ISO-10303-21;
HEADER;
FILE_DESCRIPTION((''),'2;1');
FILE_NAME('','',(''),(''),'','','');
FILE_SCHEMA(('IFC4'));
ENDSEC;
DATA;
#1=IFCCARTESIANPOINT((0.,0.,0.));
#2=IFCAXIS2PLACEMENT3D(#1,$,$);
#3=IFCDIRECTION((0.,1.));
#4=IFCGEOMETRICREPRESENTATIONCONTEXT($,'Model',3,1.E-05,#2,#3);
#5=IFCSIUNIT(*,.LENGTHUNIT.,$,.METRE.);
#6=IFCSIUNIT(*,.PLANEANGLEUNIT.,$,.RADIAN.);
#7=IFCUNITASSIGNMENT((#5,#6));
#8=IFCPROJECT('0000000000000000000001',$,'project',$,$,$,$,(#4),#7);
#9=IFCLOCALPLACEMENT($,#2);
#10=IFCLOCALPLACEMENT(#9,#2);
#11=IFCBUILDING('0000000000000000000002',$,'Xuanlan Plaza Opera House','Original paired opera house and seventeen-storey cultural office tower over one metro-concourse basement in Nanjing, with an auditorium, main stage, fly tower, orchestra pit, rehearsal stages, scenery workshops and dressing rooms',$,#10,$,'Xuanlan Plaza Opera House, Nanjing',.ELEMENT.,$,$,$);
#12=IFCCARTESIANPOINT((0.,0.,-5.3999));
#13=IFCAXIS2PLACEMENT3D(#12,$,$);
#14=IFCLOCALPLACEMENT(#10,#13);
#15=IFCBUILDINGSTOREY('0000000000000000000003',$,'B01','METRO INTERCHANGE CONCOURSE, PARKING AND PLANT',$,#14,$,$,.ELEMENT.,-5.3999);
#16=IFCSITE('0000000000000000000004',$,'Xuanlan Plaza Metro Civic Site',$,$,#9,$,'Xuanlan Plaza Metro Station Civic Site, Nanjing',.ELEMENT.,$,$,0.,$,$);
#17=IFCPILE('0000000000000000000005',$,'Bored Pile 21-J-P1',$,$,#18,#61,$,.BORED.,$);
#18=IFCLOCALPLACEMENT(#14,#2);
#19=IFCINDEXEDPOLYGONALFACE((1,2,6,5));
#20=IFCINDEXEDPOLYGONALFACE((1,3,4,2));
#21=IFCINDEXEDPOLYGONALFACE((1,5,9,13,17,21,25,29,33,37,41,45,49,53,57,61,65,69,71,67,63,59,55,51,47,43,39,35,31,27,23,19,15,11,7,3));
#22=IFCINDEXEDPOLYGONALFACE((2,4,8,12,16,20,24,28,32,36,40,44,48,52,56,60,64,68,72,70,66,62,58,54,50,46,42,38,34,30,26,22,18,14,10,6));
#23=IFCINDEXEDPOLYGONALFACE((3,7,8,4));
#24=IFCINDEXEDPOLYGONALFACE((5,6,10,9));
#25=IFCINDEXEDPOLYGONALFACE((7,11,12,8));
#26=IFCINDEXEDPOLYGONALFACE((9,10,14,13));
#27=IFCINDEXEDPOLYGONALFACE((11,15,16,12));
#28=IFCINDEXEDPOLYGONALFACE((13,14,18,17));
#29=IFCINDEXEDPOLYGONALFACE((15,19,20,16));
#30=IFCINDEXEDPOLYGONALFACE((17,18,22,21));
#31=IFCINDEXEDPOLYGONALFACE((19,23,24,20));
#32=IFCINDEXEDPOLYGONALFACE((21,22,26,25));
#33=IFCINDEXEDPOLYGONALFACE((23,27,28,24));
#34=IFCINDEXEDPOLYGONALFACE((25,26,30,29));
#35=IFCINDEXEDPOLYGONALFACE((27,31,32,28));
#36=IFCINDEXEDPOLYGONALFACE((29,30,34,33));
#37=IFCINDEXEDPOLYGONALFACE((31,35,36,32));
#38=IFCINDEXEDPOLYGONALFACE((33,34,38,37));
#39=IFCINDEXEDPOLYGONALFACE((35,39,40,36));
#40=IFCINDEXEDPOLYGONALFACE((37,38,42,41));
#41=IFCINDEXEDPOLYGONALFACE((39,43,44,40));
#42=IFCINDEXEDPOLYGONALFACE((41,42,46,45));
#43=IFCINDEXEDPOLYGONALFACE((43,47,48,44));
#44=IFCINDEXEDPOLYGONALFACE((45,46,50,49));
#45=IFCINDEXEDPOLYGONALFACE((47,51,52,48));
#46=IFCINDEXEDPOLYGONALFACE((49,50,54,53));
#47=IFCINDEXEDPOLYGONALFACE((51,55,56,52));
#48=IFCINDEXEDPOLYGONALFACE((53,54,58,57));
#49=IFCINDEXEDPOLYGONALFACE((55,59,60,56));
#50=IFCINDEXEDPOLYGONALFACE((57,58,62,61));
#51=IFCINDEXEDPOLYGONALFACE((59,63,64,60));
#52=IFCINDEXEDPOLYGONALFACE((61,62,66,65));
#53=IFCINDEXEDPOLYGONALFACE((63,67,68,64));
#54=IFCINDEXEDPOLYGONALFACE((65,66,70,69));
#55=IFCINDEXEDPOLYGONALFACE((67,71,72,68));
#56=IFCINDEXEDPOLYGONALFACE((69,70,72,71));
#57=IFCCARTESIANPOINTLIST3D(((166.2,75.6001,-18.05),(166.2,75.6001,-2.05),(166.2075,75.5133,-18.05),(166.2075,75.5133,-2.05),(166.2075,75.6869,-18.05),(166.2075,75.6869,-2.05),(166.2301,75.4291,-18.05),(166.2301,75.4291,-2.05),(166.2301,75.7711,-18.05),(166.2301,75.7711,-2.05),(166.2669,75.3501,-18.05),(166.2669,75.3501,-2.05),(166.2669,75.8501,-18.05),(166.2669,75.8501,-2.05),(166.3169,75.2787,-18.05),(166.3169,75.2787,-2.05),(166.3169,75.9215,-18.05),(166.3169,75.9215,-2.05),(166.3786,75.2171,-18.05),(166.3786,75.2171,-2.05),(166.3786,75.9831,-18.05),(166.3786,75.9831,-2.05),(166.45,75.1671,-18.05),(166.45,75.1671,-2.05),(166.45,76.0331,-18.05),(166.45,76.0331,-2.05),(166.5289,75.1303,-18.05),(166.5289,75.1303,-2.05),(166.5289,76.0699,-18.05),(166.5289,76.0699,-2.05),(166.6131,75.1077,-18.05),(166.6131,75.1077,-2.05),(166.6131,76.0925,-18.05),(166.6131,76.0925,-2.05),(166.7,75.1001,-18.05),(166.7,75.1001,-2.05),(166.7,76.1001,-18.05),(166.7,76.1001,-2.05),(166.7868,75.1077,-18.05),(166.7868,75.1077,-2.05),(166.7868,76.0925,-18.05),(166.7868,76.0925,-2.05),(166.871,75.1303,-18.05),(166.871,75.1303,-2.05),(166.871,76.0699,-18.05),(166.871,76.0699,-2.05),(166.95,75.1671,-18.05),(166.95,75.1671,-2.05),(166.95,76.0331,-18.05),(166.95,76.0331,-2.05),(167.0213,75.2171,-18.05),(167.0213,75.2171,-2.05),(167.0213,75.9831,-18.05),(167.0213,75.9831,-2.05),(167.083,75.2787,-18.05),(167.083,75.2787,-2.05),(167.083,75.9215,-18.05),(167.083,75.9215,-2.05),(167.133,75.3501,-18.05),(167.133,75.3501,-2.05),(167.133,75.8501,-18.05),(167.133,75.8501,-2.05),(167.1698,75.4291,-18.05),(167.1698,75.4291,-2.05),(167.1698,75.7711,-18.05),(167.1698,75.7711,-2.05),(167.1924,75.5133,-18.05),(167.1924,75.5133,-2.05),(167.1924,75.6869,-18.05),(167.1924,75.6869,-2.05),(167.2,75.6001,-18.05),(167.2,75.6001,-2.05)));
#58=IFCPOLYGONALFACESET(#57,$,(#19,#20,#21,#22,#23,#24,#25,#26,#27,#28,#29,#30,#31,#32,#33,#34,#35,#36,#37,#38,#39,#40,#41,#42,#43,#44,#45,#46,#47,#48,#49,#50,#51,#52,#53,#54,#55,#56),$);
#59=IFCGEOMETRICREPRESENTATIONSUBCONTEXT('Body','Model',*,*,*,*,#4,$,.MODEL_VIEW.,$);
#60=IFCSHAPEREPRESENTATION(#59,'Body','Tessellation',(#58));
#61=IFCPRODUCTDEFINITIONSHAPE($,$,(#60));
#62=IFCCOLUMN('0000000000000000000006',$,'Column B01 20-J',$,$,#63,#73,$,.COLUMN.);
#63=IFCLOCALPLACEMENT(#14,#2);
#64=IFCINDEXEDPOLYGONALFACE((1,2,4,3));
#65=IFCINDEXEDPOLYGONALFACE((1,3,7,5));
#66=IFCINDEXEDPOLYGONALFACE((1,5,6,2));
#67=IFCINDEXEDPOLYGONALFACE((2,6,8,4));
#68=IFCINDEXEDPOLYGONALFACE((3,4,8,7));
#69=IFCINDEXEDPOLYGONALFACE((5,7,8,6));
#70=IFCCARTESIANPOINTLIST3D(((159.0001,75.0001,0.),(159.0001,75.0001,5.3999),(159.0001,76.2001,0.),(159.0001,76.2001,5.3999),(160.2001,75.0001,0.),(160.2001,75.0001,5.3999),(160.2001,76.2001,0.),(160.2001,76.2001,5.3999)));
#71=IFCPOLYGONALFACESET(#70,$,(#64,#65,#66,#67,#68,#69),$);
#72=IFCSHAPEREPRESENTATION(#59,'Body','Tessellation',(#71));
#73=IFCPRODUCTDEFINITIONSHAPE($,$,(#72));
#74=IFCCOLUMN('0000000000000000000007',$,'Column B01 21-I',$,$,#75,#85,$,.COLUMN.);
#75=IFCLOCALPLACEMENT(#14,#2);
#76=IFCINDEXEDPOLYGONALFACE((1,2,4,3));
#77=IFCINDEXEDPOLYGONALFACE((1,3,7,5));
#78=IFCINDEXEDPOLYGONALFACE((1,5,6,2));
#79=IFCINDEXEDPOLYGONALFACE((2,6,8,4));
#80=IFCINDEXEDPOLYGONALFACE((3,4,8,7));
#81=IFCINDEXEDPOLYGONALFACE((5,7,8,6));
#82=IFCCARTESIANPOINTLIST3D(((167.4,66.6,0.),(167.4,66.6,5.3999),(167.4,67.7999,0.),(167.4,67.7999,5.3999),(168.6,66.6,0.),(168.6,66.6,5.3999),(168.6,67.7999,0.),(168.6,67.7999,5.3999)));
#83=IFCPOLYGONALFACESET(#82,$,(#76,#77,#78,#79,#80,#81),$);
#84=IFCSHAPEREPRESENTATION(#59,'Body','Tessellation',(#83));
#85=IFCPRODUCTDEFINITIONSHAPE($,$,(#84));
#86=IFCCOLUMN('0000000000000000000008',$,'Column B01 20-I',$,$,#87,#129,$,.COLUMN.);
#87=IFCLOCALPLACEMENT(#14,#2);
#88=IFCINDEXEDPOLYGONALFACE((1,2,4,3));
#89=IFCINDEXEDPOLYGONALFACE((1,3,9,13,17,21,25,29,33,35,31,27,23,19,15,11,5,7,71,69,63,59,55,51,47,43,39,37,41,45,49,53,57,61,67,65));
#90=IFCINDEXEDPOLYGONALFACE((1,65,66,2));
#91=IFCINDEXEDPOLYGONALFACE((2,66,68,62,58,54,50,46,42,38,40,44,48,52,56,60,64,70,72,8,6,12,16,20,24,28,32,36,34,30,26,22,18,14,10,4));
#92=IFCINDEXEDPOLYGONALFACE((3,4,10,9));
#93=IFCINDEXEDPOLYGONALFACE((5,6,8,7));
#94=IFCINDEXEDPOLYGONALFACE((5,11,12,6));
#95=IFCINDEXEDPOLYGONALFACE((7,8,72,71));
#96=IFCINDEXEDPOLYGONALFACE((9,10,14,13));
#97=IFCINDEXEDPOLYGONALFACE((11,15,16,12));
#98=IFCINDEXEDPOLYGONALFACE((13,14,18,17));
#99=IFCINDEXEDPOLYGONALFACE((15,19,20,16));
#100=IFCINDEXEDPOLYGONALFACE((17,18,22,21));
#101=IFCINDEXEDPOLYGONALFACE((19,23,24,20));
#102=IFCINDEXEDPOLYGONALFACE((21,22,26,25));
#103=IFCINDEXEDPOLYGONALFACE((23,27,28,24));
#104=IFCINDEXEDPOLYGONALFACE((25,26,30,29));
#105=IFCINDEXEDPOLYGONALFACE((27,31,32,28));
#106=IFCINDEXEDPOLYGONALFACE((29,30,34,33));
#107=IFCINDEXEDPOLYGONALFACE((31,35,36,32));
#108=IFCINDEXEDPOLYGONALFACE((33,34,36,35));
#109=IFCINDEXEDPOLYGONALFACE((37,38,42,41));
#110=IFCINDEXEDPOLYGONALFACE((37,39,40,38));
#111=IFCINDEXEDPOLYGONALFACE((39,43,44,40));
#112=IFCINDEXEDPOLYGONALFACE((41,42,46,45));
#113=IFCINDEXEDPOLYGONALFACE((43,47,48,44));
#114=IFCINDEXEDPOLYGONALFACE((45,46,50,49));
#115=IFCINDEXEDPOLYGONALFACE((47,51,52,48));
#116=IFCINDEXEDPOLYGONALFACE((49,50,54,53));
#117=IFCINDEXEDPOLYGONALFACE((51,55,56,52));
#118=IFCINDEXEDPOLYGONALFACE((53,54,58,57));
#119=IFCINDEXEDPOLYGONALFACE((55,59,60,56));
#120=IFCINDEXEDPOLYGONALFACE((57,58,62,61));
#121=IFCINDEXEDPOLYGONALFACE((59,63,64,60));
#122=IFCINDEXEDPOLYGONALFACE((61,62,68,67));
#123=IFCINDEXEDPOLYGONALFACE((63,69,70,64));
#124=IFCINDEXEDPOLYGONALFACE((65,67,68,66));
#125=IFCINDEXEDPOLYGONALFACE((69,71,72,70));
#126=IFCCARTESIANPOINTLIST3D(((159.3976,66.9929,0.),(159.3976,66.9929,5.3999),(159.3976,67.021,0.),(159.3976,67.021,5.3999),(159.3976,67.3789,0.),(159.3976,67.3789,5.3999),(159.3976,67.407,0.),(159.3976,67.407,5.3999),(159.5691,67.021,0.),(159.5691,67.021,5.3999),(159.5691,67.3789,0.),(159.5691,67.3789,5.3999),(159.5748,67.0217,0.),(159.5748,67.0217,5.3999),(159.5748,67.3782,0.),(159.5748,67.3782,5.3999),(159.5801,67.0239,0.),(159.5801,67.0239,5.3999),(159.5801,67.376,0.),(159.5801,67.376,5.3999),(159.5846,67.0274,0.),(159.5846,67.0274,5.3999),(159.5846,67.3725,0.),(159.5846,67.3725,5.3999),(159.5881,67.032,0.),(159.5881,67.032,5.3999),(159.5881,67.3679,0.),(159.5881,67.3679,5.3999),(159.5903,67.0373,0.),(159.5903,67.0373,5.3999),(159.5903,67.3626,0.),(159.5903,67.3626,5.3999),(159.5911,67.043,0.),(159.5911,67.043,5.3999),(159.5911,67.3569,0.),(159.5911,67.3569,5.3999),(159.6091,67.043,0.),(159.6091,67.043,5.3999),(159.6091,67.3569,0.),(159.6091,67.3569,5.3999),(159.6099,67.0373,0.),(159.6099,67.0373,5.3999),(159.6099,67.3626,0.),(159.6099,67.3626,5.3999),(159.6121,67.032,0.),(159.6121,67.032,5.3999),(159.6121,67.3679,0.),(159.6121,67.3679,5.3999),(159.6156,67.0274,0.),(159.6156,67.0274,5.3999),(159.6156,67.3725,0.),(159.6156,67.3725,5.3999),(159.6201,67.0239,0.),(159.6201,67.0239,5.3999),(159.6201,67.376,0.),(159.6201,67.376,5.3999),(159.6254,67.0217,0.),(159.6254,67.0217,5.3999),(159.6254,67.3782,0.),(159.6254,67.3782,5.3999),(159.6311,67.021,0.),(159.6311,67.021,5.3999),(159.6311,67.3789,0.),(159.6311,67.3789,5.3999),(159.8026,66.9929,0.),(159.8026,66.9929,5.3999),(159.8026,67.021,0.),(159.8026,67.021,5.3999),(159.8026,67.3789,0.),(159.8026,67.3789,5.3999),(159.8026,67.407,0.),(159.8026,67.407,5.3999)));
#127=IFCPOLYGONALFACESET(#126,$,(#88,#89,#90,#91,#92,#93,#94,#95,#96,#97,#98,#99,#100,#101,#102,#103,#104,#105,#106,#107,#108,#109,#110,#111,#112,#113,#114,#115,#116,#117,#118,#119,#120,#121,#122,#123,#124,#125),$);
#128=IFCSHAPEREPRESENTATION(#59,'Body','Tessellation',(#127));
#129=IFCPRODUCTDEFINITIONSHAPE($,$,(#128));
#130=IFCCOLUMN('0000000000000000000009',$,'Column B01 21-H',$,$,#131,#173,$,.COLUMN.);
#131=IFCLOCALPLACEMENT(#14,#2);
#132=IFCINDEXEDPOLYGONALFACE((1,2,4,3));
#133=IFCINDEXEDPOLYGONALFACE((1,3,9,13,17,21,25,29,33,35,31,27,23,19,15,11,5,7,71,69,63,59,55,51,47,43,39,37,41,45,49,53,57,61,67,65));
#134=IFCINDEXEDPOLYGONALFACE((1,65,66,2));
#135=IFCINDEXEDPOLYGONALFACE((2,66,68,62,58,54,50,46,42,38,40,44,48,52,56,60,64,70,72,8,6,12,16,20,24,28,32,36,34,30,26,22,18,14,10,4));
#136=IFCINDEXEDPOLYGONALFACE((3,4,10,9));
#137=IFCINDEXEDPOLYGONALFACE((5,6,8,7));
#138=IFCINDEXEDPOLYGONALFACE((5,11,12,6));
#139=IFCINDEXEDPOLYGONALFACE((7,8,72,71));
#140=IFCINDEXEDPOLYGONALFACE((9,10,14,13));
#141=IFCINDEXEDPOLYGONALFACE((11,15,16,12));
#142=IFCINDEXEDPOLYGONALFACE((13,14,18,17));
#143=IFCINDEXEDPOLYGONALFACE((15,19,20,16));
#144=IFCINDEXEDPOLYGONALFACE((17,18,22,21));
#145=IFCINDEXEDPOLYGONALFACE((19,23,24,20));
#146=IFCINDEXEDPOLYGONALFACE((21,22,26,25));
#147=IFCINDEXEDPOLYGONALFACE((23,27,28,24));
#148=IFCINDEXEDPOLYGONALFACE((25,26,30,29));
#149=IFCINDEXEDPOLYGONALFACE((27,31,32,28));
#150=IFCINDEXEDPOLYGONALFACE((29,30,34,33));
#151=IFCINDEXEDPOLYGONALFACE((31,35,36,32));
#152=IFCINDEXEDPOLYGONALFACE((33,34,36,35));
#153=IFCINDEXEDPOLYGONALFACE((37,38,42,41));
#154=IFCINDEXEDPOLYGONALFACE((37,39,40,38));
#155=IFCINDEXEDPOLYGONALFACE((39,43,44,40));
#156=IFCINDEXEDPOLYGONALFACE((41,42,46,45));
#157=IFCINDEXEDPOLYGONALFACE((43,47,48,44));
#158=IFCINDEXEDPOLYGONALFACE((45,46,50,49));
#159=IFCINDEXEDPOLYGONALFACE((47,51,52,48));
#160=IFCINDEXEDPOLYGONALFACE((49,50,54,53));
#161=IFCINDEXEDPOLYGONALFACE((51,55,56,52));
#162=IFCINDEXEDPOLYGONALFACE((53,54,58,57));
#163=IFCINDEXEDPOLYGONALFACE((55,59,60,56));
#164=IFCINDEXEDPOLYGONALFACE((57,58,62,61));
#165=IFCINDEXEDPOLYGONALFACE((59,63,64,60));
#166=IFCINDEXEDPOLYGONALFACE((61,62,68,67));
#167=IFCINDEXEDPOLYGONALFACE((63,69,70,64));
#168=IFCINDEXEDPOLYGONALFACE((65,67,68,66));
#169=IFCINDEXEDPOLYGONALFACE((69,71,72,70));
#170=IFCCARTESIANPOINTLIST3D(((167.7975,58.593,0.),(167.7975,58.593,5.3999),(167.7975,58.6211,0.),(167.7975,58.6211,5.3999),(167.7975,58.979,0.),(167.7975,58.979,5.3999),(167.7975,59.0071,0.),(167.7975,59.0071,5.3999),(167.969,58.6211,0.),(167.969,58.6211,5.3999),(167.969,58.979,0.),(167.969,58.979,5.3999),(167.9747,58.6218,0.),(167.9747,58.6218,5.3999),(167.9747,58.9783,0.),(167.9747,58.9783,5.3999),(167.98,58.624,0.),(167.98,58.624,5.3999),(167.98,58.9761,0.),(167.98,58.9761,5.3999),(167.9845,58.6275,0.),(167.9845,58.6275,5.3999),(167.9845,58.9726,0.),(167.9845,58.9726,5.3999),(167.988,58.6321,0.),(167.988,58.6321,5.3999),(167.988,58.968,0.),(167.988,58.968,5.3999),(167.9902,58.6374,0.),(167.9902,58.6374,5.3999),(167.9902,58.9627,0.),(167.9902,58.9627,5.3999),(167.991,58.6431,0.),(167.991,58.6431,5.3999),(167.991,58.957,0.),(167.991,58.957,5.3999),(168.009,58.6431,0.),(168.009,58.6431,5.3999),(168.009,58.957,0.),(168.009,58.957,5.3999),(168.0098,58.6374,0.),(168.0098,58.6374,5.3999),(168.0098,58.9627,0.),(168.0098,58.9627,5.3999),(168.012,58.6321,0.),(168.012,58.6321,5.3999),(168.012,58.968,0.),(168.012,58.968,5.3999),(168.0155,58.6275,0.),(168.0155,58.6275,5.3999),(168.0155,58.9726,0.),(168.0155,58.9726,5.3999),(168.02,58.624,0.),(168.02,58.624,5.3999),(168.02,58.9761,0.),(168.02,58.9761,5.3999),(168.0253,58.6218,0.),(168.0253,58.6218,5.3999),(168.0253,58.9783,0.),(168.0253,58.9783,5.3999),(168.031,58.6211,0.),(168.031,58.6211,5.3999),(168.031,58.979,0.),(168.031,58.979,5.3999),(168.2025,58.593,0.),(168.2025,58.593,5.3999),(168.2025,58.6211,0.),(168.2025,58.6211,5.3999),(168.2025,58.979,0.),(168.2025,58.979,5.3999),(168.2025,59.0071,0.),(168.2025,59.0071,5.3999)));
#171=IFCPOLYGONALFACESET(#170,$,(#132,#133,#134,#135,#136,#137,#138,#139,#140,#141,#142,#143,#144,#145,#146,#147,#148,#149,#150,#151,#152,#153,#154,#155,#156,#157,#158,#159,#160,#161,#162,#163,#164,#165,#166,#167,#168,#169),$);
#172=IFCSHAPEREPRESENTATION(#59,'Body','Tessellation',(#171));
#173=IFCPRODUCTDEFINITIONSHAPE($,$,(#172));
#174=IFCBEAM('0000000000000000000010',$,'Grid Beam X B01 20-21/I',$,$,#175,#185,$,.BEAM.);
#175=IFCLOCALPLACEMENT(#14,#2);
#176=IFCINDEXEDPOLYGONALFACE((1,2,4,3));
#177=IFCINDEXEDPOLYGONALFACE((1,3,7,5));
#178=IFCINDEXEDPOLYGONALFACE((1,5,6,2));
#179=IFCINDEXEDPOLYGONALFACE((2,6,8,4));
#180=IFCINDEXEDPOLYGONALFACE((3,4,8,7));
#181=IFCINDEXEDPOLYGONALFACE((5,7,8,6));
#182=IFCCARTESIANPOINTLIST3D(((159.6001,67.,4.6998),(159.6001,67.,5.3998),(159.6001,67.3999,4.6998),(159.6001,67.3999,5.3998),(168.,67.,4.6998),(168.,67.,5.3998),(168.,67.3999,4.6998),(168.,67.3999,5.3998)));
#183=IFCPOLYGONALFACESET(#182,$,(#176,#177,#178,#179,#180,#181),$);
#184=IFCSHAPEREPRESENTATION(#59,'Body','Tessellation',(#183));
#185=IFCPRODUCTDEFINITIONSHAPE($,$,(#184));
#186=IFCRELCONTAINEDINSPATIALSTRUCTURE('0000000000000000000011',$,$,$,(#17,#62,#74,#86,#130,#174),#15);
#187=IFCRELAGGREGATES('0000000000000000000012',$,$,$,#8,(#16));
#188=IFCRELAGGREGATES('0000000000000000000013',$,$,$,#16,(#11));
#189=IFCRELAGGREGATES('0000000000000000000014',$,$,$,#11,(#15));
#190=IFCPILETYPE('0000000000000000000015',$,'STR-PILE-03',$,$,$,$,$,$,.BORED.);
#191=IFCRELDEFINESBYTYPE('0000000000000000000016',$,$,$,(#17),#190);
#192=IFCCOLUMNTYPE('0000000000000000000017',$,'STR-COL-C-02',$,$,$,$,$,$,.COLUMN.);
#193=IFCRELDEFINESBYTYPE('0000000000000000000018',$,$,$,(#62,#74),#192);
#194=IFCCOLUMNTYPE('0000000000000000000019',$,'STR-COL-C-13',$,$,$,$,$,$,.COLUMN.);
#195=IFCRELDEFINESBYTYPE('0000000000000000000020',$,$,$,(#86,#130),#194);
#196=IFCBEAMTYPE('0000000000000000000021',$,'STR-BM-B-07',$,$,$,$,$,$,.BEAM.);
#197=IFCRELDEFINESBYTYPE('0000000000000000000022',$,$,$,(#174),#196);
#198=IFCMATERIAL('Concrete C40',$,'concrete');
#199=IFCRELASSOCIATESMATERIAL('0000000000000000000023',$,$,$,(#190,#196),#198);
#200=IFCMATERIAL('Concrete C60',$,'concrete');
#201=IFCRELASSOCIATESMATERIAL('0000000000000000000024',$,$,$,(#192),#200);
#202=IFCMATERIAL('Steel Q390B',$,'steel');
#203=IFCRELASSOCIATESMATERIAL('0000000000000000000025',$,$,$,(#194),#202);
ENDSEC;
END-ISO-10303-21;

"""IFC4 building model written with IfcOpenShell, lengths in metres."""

from ifc_helpers import new_model, si_unit, direction, frame, origin, origin_2d, place, context, subcontext, project, spatial, rectangle, circle, i_section, extrude, material, material_profile, profile_set, type_object, element, save


model = new_model("IFC4")

# Units and contexts
model_context = context("Model", 3, precision=1e-05, world=origin(), true_north=direction((0.0, 1.0)))
body_context = subcontext(model_context, "Body", "Model", "MODEL_VIEW")
ifc_project = project(units=[si_unit("LENGTHUNIT", "METRE"), si_unit("PLANEANGLEUNIT", "RADIAN")], contexts=[model_context])

# Site, building, storey
site_placement = place(None, origin())
site = spatial("IfcSite", under=ifc_project, at=site_placement, Name="Xuanlan Plaza Metro Civic Site", LongName="Xuanlan Plaza Metro Station Civic Site, Nanjing", CompositionType="ELEMENT", RefElevation=0.0)
building_placement = place(site_placement, origin())
building = spatial("IfcBuilding", under=site, at=building_placement, Name="Xuanlan Plaza Opera House", Description="Original paired opera house and seventeen-storey cultural office tower over one metro-concourse basement in Nanjing, with an auditorium, main stage, fly tower, orchestra pit, rehearsal stages, scenery workshops and dressing rooms", LongName="Xuanlan Plaza Opera House, Nanjing", CompositionType="ELEMENT")
storey_placement = place(building_placement, frame((0.0, 0.0, -5.3999)))
storey = spatial("IfcBuildingStorey", under=building, at=storey_placement, Name="B01", Description="METRO INTERCHANGE CONCOURSE, PARKING AND PLANT", CompositionType="ELEMENT", Elevation=-5.3999)

# Pile
ifc_material_1 = material(Name="Concrete C40", Category="concrete")
ifc_material_profile_1 = material_profile(ifc_material_1, circle(Radius=0.5, at=origin_2d()), Name="PILE D1000")
ifc_profile_set_1 = profile_set([ifc_material_profile_1], Name="Concrete C40")
pile_type = type_object("IfcPileType", Name="STR-PILE-03", PredefinedType="BORED", material=ifc_profile_set_1)
for number, where, z_axis, x_axis, name in (
    (1, (166.7, 75.6001, -2.05), (0.0, 0.0, -1.0), (1.0, 0.0, 0.0), "Bored Pile 21-J-P1"),
):
    element("IfcPile", number, at=place(storey_placement, frame(where, z_axis=z_axis, x_axis=x_axis)), inside=storey, type_object=pile_type, Name=name, PredefinedType="BORED", context=body_context, shape_type="SweptSolid", body=[
        extrude(circle(Radius=0.5, at=origin_2d()), origin(), (0.0, 0.0, 1.0), 16.0),
    ])

# Columns
ifc_material_2 = material(Name="Concrete C60", Category="concrete")
ifc_material_profile_2 = material_profile(ifc_material_2, rectangle(XDim=1.2, YDim=1.2, at=origin_2d()), Name="RC-COL 1200x1200")
ifc_profile_set_2 = profile_set([ifc_material_profile_2], Name="Concrete C60")
column_type_1 = type_object("IfcColumnType", Name="STR-COL-C-02", PredefinedType="COLUMN", material=ifc_profile_set_2)
for number, where, z_axis, x_axis, name in (
    (2, (159.6001, 75.6001, 0.0), (0.0, 0.0, 1.0), (1.0, 0.0, 0.0), "Column B01 20-J"),
    (3, (168.0, 67.2, 0.0), (0.0, 0.0, 1.0), (1.0, 0.0, 0.0), "Column B01 21-I"),
):
    element("IfcColumn", number, at=place(storey_placement, frame(where, z_axis=z_axis, x_axis=x_axis)), inside=storey, type_object=column_type_1, Name=name, PredefinedType="COLUMN", context=body_context, shape_type="SweptSolid", body=[
        extrude(rectangle(XDim=1.2, YDim=1.2, at=origin_2d()), origin(), (0.0, 0.0, 1.0), 5.3999),
    ])
ifc_material_3 = material(Name="Steel Q390B", Category="steel")
ifc_material_profile_3 = material_profile(ifc_material_3, i_section(OverallWidth=0.405, OverallDepth=0.4141, WebThickness=0.0181, FlangeThickness=0.0281, FilletRadius=0.022, at=origin_2d()), Name="HW 414x405x18x28")
ifc_profile_set_3 = profile_set([ifc_material_profile_3], Name="Steel Q390B")
column_type_2 = type_object("IfcColumnType", Name="STR-COL-C-13", PredefinedType="COLUMN", material=ifc_profile_set_3)
for number, where, z_axis, x_axis, name in (
    (4, (159.6001, 67.2, 0.0), (0.0, 0.0, 1.0), (1.0, 0.0, 0.0), "Column B01 20-I"),
    (5, (168.0, 58.8, 0.0), (0.0, 0.0, 1.0), (1.0, 0.0, 0.0), "Column B01 21-H"),
):
    element("IfcColumn", number, at=place(storey_placement, frame(where, z_axis=z_axis, x_axis=x_axis)), inside=storey, type_object=column_type_2, Name=name, PredefinedType="COLUMN", context=body_context, shape_type="SweptSolid", body=[
        extrude(i_section(OverallWidth=0.405, OverallDepth=0.4141, WebThickness=0.0181, FlangeThickness=0.0281, FilletRadius=0.022, at=origin_2d()), origin(), (0.0, 0.0, 1.0), 5.3999),
    ])

# Beam
ifc_material_profile_4 = material_profile(ifc_material_1, rectangle(XDim=0.3999, YDim=0.7, at=origin_2d()), Name="RC-BM 400x700")
ifc_profile_set_4 = profile_set([ifc_material_profile_4], Name="Concrete C40")
beam_type_1 = type_object("IfcBeamType", Name="STR-BM-B-07", PredefinedType="BEAM", material=ifc_profile_set_4)
beam_1_placement = place(storey_placement, frame((159.6001, 67.2, 5.0498), z_axis=(1.0, 0.0, 0.0), x_axis=(0.0, 1.0, 0.0)))
element("IfcBeam", 6, at=beam_1_placement, inside=storey, type_object=beam_type_1, Name="Grid Beam X B01 20-21/I", PredefinedType="BEAM", context=body_context, shape_type="SweptSolid", body=[
    extrude(rectangle(XDim=0.3999, YDim=0.7, at=origin_2d()), origin(), (0.0, 0.0, 1.0), 8.3999),
])

save(model, "model.ifc")
